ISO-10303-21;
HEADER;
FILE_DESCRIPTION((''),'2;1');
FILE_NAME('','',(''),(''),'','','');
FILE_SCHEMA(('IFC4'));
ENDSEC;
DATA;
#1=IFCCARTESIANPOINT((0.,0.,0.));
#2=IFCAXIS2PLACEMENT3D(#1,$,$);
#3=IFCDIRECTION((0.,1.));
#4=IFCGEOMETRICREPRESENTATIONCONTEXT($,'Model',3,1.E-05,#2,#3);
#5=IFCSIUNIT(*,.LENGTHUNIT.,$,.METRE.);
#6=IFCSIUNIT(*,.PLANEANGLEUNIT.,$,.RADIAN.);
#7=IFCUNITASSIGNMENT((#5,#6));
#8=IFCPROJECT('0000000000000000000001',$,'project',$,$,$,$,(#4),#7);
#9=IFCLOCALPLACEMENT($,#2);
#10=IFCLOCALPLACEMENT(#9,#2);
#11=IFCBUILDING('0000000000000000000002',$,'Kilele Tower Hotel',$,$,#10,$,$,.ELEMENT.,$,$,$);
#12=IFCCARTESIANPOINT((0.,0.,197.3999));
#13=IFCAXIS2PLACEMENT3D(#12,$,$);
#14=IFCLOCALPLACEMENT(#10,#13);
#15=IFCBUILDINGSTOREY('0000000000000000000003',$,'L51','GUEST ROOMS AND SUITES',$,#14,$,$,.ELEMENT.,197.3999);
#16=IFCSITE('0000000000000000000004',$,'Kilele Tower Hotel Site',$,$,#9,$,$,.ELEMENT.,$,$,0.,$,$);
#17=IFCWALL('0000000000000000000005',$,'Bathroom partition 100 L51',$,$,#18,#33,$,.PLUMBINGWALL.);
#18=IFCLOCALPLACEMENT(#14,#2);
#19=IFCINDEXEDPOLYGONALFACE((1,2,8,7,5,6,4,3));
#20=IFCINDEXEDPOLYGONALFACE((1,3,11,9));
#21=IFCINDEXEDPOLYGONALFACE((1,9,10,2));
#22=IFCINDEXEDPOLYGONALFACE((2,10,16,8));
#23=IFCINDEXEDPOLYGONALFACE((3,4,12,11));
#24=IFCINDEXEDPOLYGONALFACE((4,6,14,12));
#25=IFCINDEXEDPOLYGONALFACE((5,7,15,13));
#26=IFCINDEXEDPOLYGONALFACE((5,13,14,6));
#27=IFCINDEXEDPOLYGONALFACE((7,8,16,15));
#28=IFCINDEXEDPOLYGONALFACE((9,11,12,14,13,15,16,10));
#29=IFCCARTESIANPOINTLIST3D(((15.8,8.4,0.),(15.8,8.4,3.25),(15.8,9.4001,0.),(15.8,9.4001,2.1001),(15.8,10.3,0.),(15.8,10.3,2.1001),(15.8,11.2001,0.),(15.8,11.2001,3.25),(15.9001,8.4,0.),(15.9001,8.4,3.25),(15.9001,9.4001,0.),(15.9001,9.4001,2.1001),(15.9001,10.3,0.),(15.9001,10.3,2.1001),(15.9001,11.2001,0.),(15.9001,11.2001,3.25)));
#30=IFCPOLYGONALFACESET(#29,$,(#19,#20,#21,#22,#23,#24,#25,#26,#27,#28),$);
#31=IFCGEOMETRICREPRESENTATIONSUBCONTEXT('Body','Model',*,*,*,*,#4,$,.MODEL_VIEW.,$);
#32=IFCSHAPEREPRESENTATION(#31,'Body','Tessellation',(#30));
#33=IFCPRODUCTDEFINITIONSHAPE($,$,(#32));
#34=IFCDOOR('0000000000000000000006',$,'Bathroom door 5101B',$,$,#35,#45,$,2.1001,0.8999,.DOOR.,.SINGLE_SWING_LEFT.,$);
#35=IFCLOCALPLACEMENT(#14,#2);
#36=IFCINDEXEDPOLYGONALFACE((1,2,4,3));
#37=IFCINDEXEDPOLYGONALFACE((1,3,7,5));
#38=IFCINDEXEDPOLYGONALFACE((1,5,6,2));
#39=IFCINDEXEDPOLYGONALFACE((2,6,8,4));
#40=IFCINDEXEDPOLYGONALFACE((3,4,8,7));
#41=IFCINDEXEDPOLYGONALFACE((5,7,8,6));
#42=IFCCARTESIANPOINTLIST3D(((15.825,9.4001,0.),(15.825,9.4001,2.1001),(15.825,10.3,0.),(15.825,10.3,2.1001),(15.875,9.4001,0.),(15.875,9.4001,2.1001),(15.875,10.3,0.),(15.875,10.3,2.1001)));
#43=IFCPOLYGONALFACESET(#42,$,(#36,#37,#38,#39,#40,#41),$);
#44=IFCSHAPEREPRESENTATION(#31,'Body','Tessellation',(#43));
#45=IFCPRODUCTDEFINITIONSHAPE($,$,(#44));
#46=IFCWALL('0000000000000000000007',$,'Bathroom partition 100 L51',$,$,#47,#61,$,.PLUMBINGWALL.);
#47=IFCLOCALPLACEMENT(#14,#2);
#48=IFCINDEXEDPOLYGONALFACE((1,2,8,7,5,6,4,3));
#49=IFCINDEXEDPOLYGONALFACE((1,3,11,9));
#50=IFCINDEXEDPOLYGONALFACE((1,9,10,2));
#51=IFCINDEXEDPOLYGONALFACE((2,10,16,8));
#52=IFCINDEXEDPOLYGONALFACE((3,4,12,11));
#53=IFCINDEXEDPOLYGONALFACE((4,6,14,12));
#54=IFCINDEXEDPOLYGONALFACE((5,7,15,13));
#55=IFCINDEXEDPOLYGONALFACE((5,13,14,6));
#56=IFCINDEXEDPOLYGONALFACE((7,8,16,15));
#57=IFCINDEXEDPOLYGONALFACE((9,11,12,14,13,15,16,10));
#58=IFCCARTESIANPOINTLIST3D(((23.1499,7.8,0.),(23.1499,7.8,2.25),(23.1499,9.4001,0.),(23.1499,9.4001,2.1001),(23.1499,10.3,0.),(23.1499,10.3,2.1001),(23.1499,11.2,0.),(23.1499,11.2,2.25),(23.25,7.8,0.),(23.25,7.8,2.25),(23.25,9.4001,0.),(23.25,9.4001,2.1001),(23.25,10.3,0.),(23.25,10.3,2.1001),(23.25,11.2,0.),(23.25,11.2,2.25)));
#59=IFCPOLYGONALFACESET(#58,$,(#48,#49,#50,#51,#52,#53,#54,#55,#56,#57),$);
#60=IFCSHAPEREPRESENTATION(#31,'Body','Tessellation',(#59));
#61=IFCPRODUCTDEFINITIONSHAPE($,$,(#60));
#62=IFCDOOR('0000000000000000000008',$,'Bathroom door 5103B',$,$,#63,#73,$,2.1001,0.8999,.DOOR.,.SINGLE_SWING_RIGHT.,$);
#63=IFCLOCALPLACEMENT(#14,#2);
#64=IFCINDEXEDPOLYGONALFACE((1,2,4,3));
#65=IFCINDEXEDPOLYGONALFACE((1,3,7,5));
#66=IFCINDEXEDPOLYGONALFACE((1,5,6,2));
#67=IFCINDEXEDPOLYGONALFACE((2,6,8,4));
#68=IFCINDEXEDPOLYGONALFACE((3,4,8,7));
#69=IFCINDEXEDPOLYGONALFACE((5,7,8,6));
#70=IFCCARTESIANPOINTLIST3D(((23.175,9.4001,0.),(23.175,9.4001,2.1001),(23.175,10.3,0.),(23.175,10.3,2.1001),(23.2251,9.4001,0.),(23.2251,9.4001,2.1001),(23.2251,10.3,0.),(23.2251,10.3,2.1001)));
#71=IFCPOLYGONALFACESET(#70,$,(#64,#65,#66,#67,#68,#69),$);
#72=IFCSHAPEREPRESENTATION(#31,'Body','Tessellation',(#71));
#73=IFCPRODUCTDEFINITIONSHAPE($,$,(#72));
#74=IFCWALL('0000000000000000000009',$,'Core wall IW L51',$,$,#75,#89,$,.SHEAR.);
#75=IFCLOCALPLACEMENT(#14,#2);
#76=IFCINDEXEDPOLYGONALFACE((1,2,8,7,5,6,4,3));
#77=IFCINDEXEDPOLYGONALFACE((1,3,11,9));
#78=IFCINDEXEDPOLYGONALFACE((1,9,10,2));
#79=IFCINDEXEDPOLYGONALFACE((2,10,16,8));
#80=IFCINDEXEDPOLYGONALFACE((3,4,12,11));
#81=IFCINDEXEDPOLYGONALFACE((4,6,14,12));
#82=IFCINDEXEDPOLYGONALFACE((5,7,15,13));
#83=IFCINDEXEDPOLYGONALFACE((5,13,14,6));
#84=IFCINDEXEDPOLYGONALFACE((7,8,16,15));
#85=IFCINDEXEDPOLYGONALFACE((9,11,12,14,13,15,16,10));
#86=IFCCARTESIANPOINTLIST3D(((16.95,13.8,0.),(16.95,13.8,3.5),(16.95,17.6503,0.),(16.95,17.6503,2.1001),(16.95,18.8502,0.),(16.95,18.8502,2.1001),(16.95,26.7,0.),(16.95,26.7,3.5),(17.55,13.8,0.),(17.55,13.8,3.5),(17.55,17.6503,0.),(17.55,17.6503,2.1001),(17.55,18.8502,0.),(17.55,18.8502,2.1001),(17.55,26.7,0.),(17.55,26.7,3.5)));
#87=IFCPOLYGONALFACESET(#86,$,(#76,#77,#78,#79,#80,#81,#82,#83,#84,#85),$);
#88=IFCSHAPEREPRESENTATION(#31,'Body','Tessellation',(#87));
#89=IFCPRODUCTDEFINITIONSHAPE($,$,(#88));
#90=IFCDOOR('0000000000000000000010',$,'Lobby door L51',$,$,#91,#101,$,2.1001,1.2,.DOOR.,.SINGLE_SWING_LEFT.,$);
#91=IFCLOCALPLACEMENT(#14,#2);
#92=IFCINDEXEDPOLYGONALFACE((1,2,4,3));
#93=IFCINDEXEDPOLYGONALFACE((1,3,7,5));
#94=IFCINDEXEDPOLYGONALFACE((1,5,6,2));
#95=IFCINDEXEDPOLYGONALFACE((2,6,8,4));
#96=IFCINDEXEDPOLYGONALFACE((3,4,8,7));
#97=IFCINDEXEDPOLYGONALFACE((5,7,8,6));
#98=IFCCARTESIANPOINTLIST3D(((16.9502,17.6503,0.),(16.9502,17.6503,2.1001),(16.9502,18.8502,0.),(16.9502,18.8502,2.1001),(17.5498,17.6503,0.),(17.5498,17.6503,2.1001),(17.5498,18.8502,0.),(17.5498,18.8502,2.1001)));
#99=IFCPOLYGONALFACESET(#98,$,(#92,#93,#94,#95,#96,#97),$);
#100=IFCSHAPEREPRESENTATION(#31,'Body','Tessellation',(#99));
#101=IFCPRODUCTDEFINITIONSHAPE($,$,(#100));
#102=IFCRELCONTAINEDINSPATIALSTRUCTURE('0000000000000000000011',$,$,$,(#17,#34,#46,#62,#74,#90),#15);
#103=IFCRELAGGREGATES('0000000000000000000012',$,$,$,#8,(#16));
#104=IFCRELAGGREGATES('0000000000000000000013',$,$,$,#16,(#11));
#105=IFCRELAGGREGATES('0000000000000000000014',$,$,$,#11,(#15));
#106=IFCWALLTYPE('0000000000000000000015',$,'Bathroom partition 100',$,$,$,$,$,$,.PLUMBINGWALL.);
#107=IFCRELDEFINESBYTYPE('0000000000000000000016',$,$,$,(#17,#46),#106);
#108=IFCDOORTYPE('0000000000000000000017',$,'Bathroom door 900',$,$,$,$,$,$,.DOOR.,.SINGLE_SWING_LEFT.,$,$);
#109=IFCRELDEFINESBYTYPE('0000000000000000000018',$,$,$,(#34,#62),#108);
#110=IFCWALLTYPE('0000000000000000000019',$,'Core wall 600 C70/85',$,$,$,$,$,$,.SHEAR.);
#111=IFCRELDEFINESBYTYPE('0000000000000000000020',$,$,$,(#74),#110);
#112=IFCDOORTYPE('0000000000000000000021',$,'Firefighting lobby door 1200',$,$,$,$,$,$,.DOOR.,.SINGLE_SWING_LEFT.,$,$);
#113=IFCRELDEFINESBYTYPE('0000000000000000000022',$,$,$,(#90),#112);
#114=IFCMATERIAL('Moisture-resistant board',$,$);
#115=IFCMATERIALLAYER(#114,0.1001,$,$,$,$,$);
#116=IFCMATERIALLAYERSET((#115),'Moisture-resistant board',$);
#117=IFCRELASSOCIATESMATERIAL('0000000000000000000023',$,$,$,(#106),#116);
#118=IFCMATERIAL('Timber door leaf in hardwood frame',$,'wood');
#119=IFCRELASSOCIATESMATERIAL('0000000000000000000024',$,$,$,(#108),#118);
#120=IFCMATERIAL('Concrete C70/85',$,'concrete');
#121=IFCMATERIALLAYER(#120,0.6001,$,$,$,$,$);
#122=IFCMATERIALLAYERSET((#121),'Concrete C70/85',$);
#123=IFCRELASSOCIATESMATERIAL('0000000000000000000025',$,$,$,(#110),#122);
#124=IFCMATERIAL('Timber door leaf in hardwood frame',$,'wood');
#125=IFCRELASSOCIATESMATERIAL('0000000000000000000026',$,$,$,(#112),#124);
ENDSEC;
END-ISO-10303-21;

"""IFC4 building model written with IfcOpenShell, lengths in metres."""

from ifc_helpers import new_model, si_unit, direction, frame, frame_2d, origin, place, context, subcontext, project, spatial, rectangle, extrude, material, layer, layer_set, type_object, element, fill, save


model = new_model("IFC4")

# Units and contexts
model_context = context("Model", 3, precision=1e-05, world=origin(), true_north=direction((0.0, 1.0)))
body_context = subcontext(model_context, "Body", "Model", "MODEL_VIEW")
ifc_project = project(units=[si_unit("LENGTHUNIT", "METRE"), si_unit("PLANEANGLEUNIT", "RADIAN")], contexts=[model_context])

# Site, building, storey
site_placement = place(None, origin())
site = spatial("IfcSite", under=ifc_project, at=site_placement, Name="Kilele Tower Hotel Site", CompositionType="ELEMENT", RefElevation=0.0)
building_placement = place(site_placement, origin())
building = spatial("IfcBuilding", under=site, at=building_placement, Name="Kilele Tower Hotel", CompositionType="ELEMENT")
storey_placement = place(building_placement, frame((0.0, 0.0, 197.3999)))
storey = spatial("IfcBuildingStorey", under=building, at=storey_placement, Name="L51", Description="GUEST ROOMS AND SUITES", CompositionType="ELEMENT", Elevation=197.3999)

# Walls, openings, doors
ifc_material_1 = material(Name="Moisture-resistant board")
ifc_layer_1 = layer(ifc_material_1, 0.1001)
ifc_layer_set_1 = layer_set([ifc_layer_1], Name="Moisture-resistant board")
wall_type_1 = type_object("IfcWallType", Name="Bathroom partition 100", PredefinedType="PLUMBINGWALL", material=ifc_layer_set_1)
wall_1_placement = place(storey_placement, frame((15.8501, 11.2, 0.0), z_axis=(0.0, 0.0, 1.0), x_axis=(0.0, -1.0, 0.0)))
wall_1 = element("IfcWall", 1, at=wall_1_placement, inside=storey, type_object=wall_type_1, Name="Bathroom partition 100 L51", PredefinedType="PLUMBINGWALL", context=body_context, shape_type="SweptSolid", body=[
    extrude(rectangle(XDim=2.8, YDim=0.1001, at=frame_2d((1.3999, 0.0))), origin(), (0.0, 0.0, 1.0), 3.25),
])
opening_1_placement = place(wall_1_placement, frame((0.8999, 0.0, 0.0)))
opening_1 = element("IfcOpeningElement", 2, at=opening_1_placement, cuts=wall_1, PredefinedType="OPENING", context=body_context, shape_type="SweptSolid", body=[
    extrude(rectangle(XDim=0.8999, YDim=2.1001, at=frame_2d((0.45, 1.05))), frame((0.0, 0.0601, 0.0), z_axis=(0.0, -1.0, 0.0), x_axis=(1.0, 0.0, 0.0)), (0.0, 0.0, 1.0), 0.1201),
])
ifc_material_2 = material(Name="Timber door leaf in hardwood frame", Category="wood")
door_type_1 = type_object("IfcDoorType", Name="Bathroom door 900", OperationType="SINGLE_SWING_LEFT", PredefinedType="DOOR", material=ifc_material_2)
door_1_placement = place(opening_1_placement, origin())
door_1 = element("IfcDoor", 3, at=door_1_placement, inside=storey, type_object=door_type_1, Name="Bathroom door 5101B", OperationType="SINGLE_SWING_LEFT", OverallHeight=2.1001, OverallWidth=0.8999, PredefinedType="DOOR", context=body_context, shape_type="SweptSolid", body=[
    extrude(rectangle(XDim=0.8999, YDim=2.1001, at=frame_2d((0.45, 1.05))), frame((0.0, 0.0249, 0.0), z_axis=(0.0, -1.0, 0.0), x_axis=(1.0, 0.0, 0.0)), (0.0, 0.0, 1.0), 0.05),
])
fill(opening_1, door_1)
wall_2_placement = place(storey_placement, frame((23.2, 11.2, 0.0), z_axis=(0.0, 0.0, 1.0), x_axis=(0.0, -1.0, 0.0)))
wall_2 = element("IfcWall", 4, at=wall_2_placement, inside=storey, type_object=wall_type_1, Name="Bathroom partition 100 L51", PredefinedType="PLUMBINGWALL", context=body_context, shape_type="SweptSolid", body=[
    extrude(rectangle(XDim=3.3999, YDim=0.1001, at=frame_2d((1.7, 0.0))), origin(), (0.0, 0.0, 1.0), 2.25),
])
opening_2_placement = place(wall_2_placement, frame((1.7998, 0.0, 0.0), z_axis=(0.0, 0.0, 1.0), x_axis=(-1.0, 0.0, 0.0)))
opening_2 = element("IfcOpeningElement", 5, at=opening_2_placement, cuts=wall_2, PredefinedType="OPENING", context=body_context, shape_type="SweptSolid", body=[
    extrude(rectangle(XDim=0.8999, YDim=2.1001, at=frame_2d((0.45, 1.05))), frame((0.0, 0.0601, 0.0), z_axis=(0.0, -1.0, 0.0), x_axis=(1.0, 0.0, 0.0)), (0.0, 0.0, 1.0), 0.1201),
])
door_2_placement = place(opening_2_placement, origin())
door_2 = element("IfcDoor", 6, at=door_2_placement, inside=storey, type_object=door_type_1, Name="Bathroom door 5103B", OperationType="SINGLE_SWING_RIGHT", OverallHeight=2.1001, OverallWidth=0.8999, PredefinedType="DOOR", context=body_context, shape_type="SweptSolid", body=[
    extrude(rectangle(XDim=0.8999, YDim=2.1001, at=frame_2d((0.45, 1.05))), frame((0.0, 0.0249, 0.0), z_axis=(0.0, -1.0, 0.0), x_axis=(1.0, 0.0, 0.0)), (0.0, 0.0, 1.0), 0.05),
])
fill(opening_2, door_2)
ifc_material_3 = material(Name="Concrete C70/85", Category="concrete")
ifc_layer_2 = layer(ifc_material_3, 0.6001)
ifc_layer_set_2 = layer_set([ifc_layer_2], Name="Concrete C70/85")
wall_type_2 = type_object("IfcWallType", Name="Core wall 600 C70/85", PredefinedType="SHEAR", material=ifc_layer_set_2)
wall_3_placement = place(storey_placement, frame((17.25, 13.8, 0.0), z_axis=(0.0, 0.0, 1.0), x_axis=(0.0, 1.0, 0.0)))
wall_3 = element("IfcWall", 7, at=wall_3_placement, inside=storey, type_object=wall_type_2, Name="Core wall IW L51", PredefinedType="SHEAR", context=body_context, shape_type="SweptSolid", body=[
    extrude(rectangle(XDim=12.8999, YDim=0.6001, at=frame_2d((6.45, 0.0))), origin(), (0.0, 0.0, 1.0), 3.5),
])
opening_3_placement = place(wall_3_placement, frame((3.8501, 0.0, 0.0)))
opening_3 = element("IfcOpeningElement", 8, at=opening_3_placement, cuts=wall_3, PredefinedType="OPENING", context=body_context, shape_type="SweptSolid", body=[
    extrude(rectangle(XDim=1.2, YDim=2.1001, at=frame_2d((0.6001, 1.05))), frame((0.0, 0.3101, 0.0), z_axis=(0.0, -1.0, 0.0), x_axis=(1.0, 0.0, 0.0)), (0.0, 0.0, 1.0), 0.6201),
])
ifc_material_4 = material(Name="Timber door leaf in hardwood frame", Category="wood")
door_type_2 = type_object("IfcDoorType", Name="Firefighting lobby door 1200", OperationType="SINGLE_SWING_LEFT", PredefinedType="DOOR", material=ifc_material_4)
door_3_placement = place(opening_3_placement, origin())
door_3 = element("IfcDoor", 9, at=door_3_placement, inside=storey, type_object=door_type_2, Name="Lobby door L51", OperationType="SINGLE_SWING_LEFT", OverallHeight=2.1001, OverallWidth=1.2, PredefinedType="DOOR", context=body_context, shape_type="SweptSolid", body=[
    extrude(rectangle(XDim=1.2, YDim=2.1001, at=frame_2d((0.6001, 1.05))), frame((0.0, 0.2998, 0.0), z_axis=(0.0, -1.0, 0.0), x_axis=(1.0, 0.0, 0.0)), (0.0, 0.0, 1.0), 0.5996),
])
fill(opening_3, door_3)

save(model, "model.ifc")
